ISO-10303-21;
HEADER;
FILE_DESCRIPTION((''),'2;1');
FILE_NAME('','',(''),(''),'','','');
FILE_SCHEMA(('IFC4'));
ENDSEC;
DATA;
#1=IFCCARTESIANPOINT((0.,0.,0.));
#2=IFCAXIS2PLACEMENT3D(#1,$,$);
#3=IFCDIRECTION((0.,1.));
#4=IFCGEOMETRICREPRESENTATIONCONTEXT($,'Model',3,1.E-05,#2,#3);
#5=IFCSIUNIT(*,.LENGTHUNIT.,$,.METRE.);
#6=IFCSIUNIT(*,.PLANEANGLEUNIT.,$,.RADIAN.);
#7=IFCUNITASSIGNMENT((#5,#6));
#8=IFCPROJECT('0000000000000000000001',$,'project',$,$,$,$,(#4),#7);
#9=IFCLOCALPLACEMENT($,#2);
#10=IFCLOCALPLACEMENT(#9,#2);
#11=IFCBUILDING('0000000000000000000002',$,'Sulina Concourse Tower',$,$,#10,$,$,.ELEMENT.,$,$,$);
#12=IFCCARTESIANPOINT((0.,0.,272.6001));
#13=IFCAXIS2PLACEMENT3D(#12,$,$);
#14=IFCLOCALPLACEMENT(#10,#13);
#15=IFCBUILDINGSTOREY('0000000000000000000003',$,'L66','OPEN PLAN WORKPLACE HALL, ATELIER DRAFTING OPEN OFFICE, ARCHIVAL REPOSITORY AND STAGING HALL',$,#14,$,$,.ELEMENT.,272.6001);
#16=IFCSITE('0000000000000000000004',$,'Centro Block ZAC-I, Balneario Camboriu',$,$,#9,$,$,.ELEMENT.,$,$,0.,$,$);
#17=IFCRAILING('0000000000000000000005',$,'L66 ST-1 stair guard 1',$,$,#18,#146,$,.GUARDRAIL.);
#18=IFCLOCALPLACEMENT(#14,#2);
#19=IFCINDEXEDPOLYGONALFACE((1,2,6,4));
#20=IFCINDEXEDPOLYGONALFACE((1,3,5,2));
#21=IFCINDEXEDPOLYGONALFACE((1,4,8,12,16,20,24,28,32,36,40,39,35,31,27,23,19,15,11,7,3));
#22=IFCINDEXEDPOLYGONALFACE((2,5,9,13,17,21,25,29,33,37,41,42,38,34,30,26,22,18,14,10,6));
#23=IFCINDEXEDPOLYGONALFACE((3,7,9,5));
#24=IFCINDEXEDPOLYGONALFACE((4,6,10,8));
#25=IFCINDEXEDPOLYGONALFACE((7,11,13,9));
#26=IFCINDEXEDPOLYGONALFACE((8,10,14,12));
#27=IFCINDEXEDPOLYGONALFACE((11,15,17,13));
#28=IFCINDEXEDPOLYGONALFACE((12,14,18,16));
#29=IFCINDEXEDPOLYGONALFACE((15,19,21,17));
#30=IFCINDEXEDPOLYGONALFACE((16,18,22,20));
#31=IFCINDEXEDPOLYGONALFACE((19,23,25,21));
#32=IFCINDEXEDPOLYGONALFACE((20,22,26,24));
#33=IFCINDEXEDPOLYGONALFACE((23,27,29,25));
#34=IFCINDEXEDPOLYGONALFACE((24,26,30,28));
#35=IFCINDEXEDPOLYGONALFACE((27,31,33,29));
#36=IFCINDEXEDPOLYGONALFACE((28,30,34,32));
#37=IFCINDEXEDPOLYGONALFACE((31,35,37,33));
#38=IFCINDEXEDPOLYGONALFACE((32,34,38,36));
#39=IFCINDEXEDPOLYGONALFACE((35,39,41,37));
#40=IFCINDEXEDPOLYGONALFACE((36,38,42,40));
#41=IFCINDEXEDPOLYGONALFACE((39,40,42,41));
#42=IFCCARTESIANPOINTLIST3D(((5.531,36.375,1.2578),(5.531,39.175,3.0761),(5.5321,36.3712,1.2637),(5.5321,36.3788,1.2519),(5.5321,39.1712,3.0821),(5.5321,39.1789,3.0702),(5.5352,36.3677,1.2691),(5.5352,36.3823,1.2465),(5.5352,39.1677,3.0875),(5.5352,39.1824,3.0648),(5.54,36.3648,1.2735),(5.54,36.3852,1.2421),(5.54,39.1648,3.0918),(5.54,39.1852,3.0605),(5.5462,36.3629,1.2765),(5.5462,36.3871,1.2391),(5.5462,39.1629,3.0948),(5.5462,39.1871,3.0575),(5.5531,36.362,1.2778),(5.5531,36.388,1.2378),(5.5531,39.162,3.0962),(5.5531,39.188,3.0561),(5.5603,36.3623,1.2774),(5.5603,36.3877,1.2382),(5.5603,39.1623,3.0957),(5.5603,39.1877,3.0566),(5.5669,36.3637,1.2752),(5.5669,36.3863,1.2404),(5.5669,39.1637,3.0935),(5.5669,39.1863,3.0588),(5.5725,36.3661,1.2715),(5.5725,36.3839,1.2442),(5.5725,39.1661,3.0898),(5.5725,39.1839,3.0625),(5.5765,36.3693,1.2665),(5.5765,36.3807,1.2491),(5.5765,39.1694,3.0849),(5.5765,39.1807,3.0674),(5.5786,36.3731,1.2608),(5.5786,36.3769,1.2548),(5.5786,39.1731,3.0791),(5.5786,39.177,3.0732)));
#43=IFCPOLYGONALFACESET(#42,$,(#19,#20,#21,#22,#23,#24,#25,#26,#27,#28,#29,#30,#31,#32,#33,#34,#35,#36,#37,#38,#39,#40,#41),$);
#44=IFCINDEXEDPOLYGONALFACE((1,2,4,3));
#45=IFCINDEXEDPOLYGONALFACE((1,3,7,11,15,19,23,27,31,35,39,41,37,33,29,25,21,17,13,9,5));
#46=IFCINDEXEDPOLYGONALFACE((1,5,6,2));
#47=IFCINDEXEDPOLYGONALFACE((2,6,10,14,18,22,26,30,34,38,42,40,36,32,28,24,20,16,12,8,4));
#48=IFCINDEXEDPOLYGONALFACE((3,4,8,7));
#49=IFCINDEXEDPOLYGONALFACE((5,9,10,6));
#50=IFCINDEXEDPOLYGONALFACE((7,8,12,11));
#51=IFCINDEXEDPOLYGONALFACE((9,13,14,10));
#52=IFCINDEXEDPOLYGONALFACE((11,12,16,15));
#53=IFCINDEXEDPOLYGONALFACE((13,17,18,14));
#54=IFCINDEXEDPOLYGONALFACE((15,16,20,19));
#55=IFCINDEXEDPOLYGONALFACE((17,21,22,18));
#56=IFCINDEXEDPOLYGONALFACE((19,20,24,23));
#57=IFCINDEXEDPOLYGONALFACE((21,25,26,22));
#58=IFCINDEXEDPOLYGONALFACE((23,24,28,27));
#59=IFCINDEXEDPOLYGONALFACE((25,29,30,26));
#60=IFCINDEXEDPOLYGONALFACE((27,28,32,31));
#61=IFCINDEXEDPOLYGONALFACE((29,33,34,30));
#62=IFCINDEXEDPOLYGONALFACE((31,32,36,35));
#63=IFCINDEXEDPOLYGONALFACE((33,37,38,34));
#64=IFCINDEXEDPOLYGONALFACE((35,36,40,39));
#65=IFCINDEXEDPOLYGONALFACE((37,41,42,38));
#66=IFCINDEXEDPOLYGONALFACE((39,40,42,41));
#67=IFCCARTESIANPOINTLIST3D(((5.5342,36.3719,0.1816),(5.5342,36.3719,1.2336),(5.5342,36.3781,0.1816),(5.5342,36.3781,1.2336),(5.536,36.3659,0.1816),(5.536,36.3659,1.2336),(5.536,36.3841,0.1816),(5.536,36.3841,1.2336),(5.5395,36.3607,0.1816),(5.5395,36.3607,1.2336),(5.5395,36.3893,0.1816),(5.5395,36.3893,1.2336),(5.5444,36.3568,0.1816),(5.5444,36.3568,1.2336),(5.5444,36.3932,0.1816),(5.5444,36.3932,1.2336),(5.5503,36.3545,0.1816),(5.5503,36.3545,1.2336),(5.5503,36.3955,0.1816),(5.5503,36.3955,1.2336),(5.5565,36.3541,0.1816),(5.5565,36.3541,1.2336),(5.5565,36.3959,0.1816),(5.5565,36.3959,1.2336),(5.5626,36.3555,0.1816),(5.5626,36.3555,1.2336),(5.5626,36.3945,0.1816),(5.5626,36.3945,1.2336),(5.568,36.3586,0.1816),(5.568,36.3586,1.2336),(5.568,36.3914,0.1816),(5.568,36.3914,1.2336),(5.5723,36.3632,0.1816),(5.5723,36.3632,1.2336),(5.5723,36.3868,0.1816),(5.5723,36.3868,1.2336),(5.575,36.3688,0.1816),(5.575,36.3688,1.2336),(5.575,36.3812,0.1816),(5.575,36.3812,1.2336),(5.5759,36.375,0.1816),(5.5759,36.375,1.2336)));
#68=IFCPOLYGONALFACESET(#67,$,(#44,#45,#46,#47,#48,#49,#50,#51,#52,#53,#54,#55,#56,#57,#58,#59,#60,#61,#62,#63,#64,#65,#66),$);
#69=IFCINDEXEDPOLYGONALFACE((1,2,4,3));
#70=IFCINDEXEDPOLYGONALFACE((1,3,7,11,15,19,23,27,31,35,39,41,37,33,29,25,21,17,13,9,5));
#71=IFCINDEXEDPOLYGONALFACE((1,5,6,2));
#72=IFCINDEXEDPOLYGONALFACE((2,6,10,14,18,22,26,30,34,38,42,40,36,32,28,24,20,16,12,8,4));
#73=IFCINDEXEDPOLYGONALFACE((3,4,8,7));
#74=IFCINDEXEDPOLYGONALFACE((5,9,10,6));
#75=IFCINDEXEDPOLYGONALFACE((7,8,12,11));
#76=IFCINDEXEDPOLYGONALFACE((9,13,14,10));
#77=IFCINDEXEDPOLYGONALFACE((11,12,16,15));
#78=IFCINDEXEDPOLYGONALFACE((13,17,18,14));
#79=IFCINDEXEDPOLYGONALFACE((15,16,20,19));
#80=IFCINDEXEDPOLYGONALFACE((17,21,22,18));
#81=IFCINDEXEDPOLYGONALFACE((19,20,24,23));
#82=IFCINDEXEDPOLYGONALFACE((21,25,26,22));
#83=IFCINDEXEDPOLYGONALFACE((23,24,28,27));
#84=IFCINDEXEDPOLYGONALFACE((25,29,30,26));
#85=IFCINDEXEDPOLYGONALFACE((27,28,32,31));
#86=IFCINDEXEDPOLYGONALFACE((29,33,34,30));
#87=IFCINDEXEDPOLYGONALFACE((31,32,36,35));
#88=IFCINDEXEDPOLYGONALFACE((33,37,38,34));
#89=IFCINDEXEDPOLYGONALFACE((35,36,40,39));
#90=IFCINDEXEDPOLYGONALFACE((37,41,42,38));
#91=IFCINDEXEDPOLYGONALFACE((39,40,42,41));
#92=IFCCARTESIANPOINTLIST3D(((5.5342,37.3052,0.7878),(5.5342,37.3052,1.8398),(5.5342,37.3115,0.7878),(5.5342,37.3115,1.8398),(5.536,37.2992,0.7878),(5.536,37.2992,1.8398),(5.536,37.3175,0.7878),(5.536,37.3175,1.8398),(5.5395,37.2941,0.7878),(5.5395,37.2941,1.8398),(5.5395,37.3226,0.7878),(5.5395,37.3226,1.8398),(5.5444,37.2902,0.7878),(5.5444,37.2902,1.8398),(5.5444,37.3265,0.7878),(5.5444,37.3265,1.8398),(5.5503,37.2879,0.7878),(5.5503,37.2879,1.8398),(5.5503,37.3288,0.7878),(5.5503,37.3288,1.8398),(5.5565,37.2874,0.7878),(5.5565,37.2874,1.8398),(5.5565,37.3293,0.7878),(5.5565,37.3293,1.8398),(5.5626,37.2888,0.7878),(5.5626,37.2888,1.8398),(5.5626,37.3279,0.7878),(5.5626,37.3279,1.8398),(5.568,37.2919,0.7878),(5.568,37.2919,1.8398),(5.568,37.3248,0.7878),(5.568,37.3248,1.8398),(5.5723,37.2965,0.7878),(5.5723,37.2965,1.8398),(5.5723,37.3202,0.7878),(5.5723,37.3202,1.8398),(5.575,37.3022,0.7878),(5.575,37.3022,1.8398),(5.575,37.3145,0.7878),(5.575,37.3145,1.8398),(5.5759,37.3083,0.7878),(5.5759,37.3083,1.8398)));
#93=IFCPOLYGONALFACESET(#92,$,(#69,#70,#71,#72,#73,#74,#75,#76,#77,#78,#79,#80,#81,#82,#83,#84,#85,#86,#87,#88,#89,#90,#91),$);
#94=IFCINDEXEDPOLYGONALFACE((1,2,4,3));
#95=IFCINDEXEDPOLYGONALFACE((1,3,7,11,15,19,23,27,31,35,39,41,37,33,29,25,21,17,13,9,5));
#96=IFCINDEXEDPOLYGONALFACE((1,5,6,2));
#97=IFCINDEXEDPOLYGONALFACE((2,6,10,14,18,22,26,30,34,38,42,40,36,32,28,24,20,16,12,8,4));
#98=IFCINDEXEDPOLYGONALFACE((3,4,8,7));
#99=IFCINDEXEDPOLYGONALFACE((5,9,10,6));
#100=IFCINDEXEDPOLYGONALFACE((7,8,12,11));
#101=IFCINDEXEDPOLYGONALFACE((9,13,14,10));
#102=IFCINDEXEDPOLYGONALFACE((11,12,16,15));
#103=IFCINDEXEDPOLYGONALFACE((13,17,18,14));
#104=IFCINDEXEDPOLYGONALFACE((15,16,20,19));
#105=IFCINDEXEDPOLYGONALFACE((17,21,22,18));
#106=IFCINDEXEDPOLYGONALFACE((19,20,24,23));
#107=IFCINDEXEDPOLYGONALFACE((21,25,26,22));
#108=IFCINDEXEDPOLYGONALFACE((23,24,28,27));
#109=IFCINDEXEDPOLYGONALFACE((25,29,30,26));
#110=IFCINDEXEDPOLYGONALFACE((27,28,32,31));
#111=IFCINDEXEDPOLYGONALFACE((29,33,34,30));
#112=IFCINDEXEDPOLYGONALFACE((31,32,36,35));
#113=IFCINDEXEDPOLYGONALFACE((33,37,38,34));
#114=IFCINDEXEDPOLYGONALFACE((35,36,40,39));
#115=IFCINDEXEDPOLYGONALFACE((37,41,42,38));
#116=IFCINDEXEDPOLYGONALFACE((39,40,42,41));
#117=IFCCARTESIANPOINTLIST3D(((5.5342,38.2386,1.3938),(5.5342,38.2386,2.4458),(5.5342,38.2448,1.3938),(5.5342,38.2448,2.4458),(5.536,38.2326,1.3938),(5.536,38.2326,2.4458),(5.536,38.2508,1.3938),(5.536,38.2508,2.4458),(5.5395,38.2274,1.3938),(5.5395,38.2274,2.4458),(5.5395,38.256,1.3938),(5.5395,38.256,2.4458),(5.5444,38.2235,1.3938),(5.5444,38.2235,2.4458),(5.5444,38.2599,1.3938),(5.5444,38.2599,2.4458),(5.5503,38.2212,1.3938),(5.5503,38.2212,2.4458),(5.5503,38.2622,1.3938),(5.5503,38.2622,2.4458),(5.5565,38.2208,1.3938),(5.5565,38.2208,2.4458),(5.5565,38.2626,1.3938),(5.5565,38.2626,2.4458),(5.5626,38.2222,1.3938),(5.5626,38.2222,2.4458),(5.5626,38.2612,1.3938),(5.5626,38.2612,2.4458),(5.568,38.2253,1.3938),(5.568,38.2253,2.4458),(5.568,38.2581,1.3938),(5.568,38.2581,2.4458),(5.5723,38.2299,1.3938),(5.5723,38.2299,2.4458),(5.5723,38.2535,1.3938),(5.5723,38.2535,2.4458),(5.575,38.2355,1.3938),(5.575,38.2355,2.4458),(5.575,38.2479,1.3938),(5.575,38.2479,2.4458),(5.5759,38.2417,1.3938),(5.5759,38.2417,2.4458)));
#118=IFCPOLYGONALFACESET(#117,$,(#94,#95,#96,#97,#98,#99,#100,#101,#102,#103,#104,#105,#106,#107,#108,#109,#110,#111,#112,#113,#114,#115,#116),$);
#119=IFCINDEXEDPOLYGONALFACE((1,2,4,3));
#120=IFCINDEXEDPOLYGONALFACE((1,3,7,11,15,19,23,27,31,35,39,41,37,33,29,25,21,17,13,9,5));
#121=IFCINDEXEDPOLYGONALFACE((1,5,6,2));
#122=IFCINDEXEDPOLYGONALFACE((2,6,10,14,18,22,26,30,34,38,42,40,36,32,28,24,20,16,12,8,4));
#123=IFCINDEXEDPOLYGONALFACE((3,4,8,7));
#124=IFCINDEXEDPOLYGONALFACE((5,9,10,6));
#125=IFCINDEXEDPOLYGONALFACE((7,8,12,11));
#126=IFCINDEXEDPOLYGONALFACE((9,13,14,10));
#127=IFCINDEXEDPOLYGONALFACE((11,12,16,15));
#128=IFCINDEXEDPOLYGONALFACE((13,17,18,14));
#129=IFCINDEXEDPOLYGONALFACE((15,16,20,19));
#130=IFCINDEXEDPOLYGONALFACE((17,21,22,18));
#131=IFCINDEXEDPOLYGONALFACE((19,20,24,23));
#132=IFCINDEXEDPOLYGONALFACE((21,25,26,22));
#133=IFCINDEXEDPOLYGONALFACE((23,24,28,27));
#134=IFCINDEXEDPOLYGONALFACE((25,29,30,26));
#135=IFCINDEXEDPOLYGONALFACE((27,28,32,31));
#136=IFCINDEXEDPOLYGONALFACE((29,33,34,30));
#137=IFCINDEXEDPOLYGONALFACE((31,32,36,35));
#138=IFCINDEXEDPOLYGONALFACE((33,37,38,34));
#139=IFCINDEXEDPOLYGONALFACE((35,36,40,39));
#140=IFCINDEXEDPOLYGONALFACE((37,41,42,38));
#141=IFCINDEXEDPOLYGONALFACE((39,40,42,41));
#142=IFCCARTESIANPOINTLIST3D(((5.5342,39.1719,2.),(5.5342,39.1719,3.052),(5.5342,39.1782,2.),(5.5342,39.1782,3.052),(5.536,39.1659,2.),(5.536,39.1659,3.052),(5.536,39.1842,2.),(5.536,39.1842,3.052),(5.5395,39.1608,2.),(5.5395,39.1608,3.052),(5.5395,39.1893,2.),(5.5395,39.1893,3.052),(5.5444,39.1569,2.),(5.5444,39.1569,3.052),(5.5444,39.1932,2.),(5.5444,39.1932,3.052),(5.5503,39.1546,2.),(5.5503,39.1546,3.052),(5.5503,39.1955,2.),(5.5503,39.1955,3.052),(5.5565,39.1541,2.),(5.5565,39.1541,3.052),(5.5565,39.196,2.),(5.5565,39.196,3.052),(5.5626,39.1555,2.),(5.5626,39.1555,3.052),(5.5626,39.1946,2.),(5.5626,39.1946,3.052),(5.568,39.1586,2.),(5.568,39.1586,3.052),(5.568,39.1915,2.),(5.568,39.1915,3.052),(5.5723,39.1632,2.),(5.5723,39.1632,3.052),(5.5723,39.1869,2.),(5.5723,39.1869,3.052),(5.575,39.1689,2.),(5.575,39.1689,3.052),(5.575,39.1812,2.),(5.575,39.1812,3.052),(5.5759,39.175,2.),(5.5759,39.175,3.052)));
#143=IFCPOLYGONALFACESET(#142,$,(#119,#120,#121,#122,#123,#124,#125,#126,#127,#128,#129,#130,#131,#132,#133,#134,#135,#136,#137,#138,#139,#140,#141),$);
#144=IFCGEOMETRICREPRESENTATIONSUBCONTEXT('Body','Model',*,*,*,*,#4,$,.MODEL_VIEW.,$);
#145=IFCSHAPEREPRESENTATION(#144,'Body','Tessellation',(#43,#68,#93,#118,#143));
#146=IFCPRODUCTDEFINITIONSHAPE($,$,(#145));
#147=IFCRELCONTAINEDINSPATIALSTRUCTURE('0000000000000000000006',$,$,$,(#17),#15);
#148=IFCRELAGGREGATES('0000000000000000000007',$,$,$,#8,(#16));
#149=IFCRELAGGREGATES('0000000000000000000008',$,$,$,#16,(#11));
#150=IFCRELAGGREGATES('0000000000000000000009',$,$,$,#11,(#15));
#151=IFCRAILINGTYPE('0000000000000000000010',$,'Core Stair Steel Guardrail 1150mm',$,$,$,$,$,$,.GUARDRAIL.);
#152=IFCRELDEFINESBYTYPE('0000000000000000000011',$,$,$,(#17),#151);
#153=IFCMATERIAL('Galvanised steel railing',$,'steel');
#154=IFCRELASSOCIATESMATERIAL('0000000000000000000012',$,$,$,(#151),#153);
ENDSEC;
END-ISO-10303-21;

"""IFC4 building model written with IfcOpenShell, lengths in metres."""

from ifc_helpers import new_model, si_unit, direction, frame, origin, origin_2d, place, context, subcontext, project, spatial, circle, extrude, material, type_object, element, save


model = new_model("IFC4")

# Units and contexts
model_context = context("Model", 3, precision=1e-05, world=origin(), true_north=direction((0.0, 1.0)))
body_context = subcontext(model_context, "Body", "Model", "MODEL_VIEW")
ifc_project = project(units=[si_unit("LENGTHUNIT", "METRE"), si_unit("PLANEANGLEUNIT", "RADIAN")], contexts=[model_context])

# Site, building, storey
site_placement = place(None, origin())
site = spatial("IfcSite", under=ifc_project, at=site_placement, Name="Centro Block ZAC-I, Balneario Camboriu", CompositionType="ELEMENT", RefElevation=0.0)
building_placement = place(site_placement, origin())
building = spatial("IfcBuilding", under=site, at=building_placement, Name="Sulina Concourse Tower", CompositionType="ELEMENT")
storey_placement = place(building_placement, frame((0.0, 0.0, 272.6001)))
storey = spatial("IfcBuildingStorey", under=building, at=storey_placement, Name="L66", Description="OPEN PLAN WORKPLACE HALL, ATELIER DRAFTING OPEN OFFICE, ARCHIVAL REPOSITORY AND STAGING HALL", CompositionType="ELEMENT", Elevation=272.6001)

# Railing
ifc_material_1 = material(Name="Galvanised steel railing", Category="steel")
railing_type_1 = type_object("IfcRailingType", Name="Core Stair Steel Guardrail 1150mm", PredefinedType="GUARDRAIL", material=ifc_material_1)
railing_1_placement = place(storey_placement, frame((5.5549, 36.375, 0.1816)))
element("IfcRailing", 1, at=railing_1_placement, inside=storey, type_object=railing_type_1, Name="L66 ST-1 stair guard 1", PredefinedType="GUARDRAIL", context=body_context, shape_type="SweptSolid", body=[
    extrude(circle(Radius=0.0239, at=origin_2d()), frame((0.0, 0.0, 1.0762), z_axis=(0.0, 0.838672, 0.544636), x_axis=(-1.0, 0.0, 0.0)), (0.0, 0.0, 1.0), 3.3386),
    extrude(circle(Radius=0.021, at=origin_2d()), origin(), (0.0, 0.0, 1.0), 1.052),
    extrude(circle(Radius=0.021, at=origin_2d()), frame((0.0, 0.9333, 0.6062)), (0.0, 0.0, 1.0), 1.052),
    extrude(circle(Radius=0.021, at=origin_2d()), frame((0.0, 1.8667, 1.2122)), (0.0, 0.0, 1.0), 1.052),
    extrude(circle(Radius=0.021, at=origin_2d()), frame((0.0, 2.8, 1.8184)), (0.0, 0.0, 1.0), 1.052),
])

save(model, "model.ifc")
